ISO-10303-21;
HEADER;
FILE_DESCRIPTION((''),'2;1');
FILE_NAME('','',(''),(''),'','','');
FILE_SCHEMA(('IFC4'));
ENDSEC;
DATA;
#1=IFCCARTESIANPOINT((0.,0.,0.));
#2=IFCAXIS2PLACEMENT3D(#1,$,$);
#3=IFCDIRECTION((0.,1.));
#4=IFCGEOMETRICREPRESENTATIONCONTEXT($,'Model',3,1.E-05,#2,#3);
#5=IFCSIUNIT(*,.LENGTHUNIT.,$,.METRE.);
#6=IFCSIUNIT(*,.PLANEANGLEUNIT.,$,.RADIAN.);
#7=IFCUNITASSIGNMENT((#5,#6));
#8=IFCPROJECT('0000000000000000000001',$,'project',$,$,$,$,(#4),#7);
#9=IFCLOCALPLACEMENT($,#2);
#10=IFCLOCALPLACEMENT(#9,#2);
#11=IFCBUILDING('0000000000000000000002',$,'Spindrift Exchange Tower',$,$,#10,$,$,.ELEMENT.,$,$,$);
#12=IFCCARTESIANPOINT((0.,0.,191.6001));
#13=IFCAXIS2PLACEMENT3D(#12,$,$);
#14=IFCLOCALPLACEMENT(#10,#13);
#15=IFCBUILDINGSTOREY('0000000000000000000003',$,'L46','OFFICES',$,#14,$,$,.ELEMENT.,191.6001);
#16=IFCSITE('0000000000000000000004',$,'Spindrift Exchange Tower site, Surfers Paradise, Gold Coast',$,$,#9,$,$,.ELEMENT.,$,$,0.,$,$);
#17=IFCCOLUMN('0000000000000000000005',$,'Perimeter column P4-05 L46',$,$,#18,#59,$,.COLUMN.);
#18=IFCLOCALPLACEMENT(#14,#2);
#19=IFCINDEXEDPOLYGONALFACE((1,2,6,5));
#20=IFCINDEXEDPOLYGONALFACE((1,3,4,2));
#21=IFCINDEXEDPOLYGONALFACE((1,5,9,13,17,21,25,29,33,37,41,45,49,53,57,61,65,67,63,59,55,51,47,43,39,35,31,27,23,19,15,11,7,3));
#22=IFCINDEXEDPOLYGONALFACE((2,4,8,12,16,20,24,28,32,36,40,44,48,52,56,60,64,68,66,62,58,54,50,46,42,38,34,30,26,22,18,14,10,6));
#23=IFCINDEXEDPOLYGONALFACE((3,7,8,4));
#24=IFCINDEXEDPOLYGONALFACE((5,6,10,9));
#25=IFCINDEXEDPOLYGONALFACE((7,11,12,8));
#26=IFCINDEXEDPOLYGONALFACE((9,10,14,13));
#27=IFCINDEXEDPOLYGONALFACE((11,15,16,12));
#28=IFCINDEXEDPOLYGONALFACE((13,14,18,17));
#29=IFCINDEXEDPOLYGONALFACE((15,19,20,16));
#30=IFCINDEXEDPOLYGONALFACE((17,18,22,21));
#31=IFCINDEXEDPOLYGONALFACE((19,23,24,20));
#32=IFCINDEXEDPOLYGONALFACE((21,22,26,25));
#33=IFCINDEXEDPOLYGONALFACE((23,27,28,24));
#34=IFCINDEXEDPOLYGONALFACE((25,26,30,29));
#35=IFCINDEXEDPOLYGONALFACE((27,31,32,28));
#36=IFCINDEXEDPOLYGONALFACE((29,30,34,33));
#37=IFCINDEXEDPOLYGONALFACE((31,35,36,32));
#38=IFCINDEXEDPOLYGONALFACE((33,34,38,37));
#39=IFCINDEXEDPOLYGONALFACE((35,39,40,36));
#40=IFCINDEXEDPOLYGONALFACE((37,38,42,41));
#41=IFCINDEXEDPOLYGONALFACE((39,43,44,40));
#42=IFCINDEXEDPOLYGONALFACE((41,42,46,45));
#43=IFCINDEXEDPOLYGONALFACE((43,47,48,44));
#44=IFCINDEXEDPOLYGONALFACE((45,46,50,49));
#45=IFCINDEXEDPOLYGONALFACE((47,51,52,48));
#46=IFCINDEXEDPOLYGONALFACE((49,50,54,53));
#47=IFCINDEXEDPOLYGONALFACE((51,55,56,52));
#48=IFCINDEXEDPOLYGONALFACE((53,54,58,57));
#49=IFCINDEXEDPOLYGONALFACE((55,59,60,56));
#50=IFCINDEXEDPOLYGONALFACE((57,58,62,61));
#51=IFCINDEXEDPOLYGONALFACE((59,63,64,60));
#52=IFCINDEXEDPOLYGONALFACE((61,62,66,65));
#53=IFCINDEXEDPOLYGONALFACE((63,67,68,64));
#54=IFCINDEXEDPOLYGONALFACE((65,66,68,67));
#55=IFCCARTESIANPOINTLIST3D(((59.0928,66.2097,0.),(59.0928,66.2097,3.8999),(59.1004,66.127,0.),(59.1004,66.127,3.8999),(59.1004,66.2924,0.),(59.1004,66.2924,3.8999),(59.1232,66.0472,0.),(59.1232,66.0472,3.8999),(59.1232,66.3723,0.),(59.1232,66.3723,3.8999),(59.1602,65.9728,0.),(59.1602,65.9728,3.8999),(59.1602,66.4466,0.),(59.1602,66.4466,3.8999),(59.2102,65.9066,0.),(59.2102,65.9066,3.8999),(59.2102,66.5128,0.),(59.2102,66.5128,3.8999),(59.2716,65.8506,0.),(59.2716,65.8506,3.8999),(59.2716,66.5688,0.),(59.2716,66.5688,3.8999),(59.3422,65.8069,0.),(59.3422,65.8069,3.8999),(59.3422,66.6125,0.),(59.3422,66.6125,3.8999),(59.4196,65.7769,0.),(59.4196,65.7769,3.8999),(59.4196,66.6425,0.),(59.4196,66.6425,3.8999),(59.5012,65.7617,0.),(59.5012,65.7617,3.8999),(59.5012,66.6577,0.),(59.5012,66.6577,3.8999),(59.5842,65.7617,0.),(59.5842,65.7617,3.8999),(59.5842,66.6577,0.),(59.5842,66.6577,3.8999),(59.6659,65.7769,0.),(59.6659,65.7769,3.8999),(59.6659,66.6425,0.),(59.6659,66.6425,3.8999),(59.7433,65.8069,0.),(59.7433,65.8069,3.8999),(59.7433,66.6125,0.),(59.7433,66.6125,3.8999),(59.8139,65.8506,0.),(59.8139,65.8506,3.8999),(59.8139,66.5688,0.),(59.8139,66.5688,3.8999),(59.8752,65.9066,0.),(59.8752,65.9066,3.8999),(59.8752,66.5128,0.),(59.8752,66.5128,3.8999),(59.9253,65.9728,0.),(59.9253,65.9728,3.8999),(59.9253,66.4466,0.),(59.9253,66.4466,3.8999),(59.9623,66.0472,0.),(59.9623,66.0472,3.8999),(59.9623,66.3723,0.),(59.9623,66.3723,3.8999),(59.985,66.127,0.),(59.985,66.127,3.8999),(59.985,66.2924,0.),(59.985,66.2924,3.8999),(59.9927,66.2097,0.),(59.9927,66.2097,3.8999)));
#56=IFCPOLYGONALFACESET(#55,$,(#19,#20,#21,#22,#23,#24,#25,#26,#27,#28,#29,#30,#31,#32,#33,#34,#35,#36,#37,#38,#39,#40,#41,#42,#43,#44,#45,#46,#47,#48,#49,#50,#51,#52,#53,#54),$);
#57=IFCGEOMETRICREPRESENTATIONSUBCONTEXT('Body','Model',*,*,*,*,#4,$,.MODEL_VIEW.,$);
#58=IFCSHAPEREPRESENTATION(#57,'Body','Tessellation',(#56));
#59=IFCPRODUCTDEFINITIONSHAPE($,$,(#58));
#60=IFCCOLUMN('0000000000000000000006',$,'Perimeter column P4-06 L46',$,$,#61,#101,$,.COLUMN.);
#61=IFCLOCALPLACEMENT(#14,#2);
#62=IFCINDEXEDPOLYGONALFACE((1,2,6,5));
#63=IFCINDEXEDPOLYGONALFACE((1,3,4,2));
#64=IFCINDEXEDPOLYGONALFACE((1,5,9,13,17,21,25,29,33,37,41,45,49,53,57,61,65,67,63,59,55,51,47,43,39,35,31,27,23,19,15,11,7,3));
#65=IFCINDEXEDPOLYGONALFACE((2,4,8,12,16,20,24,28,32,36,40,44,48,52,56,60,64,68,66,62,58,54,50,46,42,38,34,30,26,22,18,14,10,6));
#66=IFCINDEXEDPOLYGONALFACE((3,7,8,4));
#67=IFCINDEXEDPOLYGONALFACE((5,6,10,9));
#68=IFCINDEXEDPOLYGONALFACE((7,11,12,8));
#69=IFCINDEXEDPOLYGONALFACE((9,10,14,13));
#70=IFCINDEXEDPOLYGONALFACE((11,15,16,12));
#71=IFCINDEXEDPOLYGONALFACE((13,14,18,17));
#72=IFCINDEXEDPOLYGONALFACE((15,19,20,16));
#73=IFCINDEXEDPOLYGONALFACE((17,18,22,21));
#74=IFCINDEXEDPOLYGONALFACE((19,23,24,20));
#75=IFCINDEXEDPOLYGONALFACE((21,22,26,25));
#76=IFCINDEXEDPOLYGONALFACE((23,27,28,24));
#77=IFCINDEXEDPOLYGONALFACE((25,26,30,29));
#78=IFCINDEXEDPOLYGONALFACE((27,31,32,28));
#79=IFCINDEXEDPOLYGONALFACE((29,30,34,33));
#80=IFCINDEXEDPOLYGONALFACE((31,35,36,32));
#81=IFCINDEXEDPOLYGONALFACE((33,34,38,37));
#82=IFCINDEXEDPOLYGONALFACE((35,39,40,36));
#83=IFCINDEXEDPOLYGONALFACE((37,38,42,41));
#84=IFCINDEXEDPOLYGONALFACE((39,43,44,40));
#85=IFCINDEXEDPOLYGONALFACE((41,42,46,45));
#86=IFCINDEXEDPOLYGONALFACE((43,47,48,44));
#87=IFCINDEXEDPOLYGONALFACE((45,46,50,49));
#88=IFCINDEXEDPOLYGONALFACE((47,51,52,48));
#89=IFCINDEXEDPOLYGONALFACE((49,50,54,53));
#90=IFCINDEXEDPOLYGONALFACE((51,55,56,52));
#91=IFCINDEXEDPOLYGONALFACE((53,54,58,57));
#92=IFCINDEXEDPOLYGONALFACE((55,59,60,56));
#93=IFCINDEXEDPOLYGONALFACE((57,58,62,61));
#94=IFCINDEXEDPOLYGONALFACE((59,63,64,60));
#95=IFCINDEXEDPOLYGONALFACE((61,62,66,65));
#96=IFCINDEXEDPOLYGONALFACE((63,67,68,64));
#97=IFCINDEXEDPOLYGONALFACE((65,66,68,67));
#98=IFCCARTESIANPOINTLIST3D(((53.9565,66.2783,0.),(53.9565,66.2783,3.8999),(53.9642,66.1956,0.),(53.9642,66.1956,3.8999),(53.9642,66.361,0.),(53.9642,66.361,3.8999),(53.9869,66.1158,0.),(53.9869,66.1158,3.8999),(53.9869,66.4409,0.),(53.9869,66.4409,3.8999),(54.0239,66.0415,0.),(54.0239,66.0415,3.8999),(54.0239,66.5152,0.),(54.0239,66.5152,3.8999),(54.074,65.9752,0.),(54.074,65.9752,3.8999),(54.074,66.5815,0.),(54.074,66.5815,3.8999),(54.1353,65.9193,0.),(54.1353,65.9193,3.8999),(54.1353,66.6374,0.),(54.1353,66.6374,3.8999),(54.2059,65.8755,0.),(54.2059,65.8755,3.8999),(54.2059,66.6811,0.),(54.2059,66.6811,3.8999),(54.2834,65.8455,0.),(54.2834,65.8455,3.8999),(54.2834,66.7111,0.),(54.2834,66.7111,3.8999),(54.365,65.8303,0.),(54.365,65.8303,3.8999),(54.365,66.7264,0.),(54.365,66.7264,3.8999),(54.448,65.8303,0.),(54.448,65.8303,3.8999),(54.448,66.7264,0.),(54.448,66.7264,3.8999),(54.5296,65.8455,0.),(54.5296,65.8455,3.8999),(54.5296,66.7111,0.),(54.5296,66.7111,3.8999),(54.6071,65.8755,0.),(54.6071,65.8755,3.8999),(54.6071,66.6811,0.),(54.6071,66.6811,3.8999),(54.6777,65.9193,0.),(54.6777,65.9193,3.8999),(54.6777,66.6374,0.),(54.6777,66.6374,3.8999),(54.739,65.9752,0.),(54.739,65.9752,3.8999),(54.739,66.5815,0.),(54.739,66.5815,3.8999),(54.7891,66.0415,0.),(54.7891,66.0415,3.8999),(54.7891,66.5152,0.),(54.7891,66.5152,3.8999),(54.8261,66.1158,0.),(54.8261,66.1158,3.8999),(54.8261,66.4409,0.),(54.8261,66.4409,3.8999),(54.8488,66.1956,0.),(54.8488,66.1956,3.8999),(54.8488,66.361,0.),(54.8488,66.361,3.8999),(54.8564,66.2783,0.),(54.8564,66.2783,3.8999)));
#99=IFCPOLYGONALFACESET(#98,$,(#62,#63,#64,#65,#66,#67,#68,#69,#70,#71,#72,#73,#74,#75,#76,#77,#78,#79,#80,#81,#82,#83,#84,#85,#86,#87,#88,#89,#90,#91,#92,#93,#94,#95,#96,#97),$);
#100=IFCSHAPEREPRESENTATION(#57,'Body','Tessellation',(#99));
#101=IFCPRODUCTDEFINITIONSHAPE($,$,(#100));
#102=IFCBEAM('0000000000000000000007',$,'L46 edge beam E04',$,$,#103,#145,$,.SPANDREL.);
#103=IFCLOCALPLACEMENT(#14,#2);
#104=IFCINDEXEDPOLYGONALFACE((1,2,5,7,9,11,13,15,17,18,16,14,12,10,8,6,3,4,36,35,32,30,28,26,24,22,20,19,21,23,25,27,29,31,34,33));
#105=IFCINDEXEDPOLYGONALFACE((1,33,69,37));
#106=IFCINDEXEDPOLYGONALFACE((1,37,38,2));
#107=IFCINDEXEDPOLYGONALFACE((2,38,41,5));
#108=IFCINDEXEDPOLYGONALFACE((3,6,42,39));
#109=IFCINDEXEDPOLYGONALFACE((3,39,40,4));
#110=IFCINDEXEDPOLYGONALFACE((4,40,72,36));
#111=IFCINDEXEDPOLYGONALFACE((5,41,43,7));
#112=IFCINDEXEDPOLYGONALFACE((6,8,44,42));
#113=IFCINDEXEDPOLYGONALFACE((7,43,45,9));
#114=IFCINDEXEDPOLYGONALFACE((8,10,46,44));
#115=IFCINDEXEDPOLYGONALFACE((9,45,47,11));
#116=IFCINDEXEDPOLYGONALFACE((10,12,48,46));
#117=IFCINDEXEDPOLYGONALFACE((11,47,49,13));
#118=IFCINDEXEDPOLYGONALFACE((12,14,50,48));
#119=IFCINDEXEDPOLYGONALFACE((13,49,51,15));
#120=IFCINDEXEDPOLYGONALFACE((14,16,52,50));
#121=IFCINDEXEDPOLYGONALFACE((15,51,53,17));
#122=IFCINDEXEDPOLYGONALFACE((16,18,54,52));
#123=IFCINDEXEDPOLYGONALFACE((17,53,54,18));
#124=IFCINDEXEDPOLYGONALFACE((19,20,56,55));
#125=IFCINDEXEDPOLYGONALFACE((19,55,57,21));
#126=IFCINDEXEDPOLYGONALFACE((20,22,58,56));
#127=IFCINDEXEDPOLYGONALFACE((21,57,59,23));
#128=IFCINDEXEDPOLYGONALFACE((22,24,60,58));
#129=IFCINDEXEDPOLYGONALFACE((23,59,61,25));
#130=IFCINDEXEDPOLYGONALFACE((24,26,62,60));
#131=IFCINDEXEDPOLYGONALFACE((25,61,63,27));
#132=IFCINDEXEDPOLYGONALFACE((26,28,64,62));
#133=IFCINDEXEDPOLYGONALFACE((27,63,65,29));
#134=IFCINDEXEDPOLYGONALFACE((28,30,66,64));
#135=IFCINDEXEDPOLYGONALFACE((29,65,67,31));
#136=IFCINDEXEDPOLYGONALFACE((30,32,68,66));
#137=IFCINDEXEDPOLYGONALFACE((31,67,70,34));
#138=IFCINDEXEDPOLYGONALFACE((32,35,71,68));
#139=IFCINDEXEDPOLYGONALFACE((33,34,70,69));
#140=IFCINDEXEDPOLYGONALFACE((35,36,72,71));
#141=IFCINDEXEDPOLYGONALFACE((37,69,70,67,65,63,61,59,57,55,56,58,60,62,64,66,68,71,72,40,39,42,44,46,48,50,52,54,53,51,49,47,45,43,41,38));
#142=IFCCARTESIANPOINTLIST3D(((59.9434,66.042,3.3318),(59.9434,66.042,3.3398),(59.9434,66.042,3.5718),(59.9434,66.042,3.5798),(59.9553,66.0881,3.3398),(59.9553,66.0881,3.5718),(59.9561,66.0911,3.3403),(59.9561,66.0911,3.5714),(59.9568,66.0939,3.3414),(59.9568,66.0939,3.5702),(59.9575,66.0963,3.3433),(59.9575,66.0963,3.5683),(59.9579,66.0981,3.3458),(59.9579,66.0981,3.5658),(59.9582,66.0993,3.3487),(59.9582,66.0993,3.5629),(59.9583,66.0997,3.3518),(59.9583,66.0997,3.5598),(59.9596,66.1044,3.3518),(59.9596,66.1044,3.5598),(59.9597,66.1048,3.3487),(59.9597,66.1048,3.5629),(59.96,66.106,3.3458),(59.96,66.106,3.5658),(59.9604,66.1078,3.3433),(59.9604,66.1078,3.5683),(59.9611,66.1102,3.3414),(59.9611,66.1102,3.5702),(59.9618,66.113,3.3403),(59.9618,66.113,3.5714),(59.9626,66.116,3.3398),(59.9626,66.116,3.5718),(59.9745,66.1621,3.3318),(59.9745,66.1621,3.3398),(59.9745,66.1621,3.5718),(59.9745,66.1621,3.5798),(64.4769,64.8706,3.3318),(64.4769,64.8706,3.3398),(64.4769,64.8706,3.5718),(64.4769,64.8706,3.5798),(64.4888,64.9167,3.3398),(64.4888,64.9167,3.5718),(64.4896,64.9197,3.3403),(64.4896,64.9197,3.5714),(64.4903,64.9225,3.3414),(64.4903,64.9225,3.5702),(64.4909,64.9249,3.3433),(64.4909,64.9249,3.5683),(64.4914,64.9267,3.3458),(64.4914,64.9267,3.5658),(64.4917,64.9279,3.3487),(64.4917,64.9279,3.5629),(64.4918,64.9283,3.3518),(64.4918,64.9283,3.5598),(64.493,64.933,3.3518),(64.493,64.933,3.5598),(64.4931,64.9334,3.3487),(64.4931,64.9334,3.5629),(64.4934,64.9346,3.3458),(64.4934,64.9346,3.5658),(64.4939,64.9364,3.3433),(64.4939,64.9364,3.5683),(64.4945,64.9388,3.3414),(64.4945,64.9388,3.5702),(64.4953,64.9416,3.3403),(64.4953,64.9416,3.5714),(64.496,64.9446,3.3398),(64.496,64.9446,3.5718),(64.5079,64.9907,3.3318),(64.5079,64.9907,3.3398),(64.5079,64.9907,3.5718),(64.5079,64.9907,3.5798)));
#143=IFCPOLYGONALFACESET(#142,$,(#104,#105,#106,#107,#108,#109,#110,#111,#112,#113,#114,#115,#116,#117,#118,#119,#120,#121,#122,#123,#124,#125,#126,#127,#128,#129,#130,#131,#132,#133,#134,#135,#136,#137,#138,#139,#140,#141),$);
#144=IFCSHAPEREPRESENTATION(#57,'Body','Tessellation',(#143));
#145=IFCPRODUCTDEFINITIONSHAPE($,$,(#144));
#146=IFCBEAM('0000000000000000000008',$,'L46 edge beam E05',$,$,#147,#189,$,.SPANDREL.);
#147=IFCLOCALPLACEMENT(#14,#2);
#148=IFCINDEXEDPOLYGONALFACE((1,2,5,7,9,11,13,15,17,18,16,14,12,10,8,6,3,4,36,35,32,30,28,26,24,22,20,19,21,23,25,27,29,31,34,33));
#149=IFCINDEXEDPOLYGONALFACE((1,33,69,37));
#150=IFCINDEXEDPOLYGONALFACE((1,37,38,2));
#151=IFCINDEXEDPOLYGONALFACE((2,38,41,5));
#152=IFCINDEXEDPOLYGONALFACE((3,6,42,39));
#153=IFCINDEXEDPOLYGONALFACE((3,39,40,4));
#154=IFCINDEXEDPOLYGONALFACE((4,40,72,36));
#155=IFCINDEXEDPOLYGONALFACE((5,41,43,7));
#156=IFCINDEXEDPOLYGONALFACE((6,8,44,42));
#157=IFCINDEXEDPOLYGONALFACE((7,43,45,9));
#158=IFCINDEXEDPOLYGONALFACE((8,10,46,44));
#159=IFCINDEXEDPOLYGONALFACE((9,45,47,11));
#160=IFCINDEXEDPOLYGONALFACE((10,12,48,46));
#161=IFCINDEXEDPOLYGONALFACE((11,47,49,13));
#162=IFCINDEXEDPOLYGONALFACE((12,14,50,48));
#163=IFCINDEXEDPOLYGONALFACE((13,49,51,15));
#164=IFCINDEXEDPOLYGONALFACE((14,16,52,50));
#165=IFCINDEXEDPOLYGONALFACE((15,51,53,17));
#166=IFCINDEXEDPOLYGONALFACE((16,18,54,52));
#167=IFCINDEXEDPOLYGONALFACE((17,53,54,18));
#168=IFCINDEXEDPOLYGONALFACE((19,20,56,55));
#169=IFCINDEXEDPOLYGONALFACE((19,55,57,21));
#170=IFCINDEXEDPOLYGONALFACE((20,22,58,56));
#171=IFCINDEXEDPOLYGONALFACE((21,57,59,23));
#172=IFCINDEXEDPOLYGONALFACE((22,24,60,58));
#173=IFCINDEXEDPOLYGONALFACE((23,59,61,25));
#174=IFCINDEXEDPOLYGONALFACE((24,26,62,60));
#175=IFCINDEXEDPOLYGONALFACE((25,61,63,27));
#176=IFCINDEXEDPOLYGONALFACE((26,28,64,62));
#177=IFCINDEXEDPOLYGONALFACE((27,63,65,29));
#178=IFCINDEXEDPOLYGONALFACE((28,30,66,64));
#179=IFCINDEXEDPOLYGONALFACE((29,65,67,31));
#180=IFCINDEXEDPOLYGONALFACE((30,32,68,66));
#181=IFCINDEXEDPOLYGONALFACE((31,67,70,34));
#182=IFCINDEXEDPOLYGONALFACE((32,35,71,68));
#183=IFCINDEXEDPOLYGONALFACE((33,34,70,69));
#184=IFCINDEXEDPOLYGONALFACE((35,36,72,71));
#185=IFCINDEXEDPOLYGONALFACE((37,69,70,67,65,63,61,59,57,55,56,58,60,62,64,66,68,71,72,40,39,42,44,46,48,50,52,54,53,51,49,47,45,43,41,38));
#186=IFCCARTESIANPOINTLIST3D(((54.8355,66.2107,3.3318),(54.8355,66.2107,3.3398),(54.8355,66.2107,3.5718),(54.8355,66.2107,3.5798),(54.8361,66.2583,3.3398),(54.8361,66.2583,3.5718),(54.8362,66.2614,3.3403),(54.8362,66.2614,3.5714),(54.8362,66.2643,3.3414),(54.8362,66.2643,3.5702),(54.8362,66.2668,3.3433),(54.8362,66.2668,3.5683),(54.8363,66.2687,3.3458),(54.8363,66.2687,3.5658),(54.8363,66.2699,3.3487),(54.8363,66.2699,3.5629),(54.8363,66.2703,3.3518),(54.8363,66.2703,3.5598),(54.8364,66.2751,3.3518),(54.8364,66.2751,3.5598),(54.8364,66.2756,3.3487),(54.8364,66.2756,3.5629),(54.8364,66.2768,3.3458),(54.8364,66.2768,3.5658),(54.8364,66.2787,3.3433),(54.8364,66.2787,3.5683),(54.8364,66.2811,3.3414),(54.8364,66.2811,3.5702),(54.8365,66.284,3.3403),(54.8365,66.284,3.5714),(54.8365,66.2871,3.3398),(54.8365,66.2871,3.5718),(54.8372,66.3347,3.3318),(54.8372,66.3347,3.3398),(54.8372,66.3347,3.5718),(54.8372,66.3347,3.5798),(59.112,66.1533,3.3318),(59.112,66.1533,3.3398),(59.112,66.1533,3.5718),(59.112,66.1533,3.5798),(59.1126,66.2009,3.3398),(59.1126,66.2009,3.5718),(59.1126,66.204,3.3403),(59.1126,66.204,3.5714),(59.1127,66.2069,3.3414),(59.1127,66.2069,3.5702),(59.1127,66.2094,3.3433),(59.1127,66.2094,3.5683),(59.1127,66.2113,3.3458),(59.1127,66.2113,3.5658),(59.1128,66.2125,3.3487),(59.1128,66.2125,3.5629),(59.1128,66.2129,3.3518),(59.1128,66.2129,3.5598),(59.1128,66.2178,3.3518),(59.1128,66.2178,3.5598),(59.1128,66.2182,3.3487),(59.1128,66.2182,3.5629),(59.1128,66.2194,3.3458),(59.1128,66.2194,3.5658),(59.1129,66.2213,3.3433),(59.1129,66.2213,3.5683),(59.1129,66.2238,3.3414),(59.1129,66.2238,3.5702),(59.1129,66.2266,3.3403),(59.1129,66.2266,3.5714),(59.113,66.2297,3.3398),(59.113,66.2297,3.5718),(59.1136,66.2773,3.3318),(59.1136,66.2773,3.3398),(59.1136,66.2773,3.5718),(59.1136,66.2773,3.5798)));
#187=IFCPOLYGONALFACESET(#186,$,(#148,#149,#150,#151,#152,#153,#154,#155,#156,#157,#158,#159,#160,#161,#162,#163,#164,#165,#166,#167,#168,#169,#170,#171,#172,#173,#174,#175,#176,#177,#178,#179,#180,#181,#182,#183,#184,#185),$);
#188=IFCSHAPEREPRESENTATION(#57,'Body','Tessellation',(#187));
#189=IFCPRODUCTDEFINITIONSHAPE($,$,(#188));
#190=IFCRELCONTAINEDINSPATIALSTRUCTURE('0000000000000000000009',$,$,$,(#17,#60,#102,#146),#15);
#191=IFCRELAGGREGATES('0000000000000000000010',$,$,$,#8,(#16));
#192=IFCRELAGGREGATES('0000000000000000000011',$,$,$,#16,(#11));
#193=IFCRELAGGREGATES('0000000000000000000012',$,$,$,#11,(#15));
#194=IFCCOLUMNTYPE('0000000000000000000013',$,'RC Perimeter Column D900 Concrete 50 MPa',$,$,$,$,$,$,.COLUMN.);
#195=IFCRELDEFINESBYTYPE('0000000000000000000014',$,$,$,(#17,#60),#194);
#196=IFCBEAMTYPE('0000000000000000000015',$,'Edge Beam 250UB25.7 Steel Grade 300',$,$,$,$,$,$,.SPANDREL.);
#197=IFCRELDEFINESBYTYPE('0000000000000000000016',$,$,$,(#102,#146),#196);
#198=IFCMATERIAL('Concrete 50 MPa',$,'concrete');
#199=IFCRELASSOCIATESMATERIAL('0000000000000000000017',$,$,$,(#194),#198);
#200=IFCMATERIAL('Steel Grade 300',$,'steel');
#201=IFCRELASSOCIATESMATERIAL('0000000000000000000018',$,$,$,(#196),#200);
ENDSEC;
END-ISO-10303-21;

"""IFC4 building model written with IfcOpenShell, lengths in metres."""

from ifc_helpers import new_model, si_unit, direction, frame, origin, origin_2d, place, context, subcontext, project, spatial, circle, i_section, extrude, source, transform, mapped, material, material_profile, profile_set, type_object, element, save


model = new_model("IFC4")

# Units and contexts
model_context = context("Model", 3, precision=1e-05, world=origin(), true_north=direction((0.0, 1.0)))
body_context = subcontext(model_context, "Body", "Model", "MODEL_VIEW")
ifc_project = project(units=[si_unit("LENGTHUNIT", "METRE"), si_unit("PLANEANGLEUNIT", "RADIAN")], contexts=[model_context])

# Site, building, storey
site_placement = place(None, origin())
site = spatial("IfcSite", under=ifc_project, at=site_placement, Name="Spindrift Exchange Tower site, Surfers Paradise, Gold Coast", CompositionType="ELEMENT", RefElevation=0.0)
building_placement = place(site_placement, origin())
building = spatial("IfcBuilding", under=site, at=building_placement, Name="Spindrift Exchange Tower", CompositionType="ELEMENT")
storey_placement = place(building_placement, frame((0.0, 0.0, 191.6001)))
storey = spatial("IfcBuildingStorey", under=building, at=storey_placement, Name="L46", Description="OFFICES", CompositionType="ELEMENT", Elevation=191.6001)

# Columns
ifc_material_1 = material(Name="Concrete 50 MPa", Category="concrete")
ifc_material_profile_1 = material_profile(ifc_material_1, circle(Radius=0.45, at=origin_2d()), Name="RC D900")
ifc_profile_set_1 = profile_set([ifc_material_profile_1], Name="Concrete 50 MPa")
column_type = type_object("IfcColumnType", Name="RC Perimeter Column D900 Concrete 50 MPa", PredefinedType="COLUMN", material=ifc_profile_set_1)
shared_shape_1 = source(origin(), body_context, "Body", "SweptSolid", [
    extrude(circle(Radius=0.45, at=origin_2d()), origin(), (0.0, 0.0, 1.0), 3.8999),
])
for number, where, z_axis, x_axis, name in (
    (1, (59.5427, 66.2097, 0.0), (0.0, 0.0, 1.0), (1.0, 0.0, 0.0), "Perimeter column P4-05 L46"),
    (2, (54.4065, 66.2783, 0.0), (0.0, 0.0, 1.0), (1.0, 0.0, 0.0), "Perimeter column P4-06 L46"),
):
    element("IfcColumn", number, at=place(storey_placement, frame(where, z_axis=z_axis, x_axis=x_axis)), inside=storey, type_object=column_type, Name=name, PredefinedType="COLUMN", context=body_context, shape_type="MappedRepresentation", body=[
        mapped(shared_shape_1, transform((0.0, 0.0, 0.0), scale=1.0)),
    ])

# Beams
ifc_material_2 = material(Name="Steel Grade 300", Category="steel")
ifc_material_profile_2 = material_profile(ifc_material_2, i_section(OverallWidth=0.124, OverallDepth=0.248, WebThickness=0.0049, FlangeThickness=0.0081, FilletRadius=0.012, at=origin_2d()), Name="250UB25.7")
ifc_profile_set_2 = profile_set([ifc_material_profile_2], Name="Steel Grade 300")
beam_type_1 = type_object("IfcBeamType", Name="Edge Beam 250UB25.7 Steel Grade 300", PredefinedType="SPANDREL", material=ifc_profile_set_2)
shared_shape_2 = source(origin(), body_context, "Body", "SweptSolid", [
    extrude(i_section(OverallWidth=0.124, OverallDepth=0.248, WebThickness=0.0049, FlangeThickness=0.0081, FilletRadius=0.012, at=origin_2d()), origin(), (0.0, 0.0, 1.0), 4.6824),
])
beam_1_placement = place(storey_placement, frame((64.4924, 64.9307, 3.4558), z_axis=(-0.968202, 0.250171, 0.0), x_axis=(-0.250171, -0.968202, 0.0)))
element("IfcBeam", 3, at=beam_1_placement, inside=storey, type_object=beam_type_1, Name="L46 edge beam E04", PredefinedType="SPANDREL", context=body_context, shape_type="MappedRepresentation", body=[
    mapped(shared_shape_2, transform((0.0, 0.0, 0.0), scale=1.0)),
])
shared_shape_3 = source(origin(), body_context, "Body", "SweptSolid", [
    extrude(i_section(OverallWidth=0.124, OverallDepth=0.248, WebThickness=0.0049, FlangeThickness=0.0081, FilletRadius=0.012, at=origin_2d()), origin(), (0.0, 0.0, 1.0), 4.2769),
])
beam_2_placement = place(storey_placement, frame((59.1128, 66.2153, 3.4558), z_axis=(-0.99991, 0.013415, 0.0), x_axis=(-0.013415, -0.99991, 0.0)))
element("IfcBeam", 4, at=beam_2_placement, inside=storey, type_object=beam_type_1, Name="L46 edge beam E05", PredefinedType="SPANDREL", context=body_context, shape_type="MappedRepresentation", body=[
    mapped(shared_shape_3, transform((0.0, 0.0, 0.0), scale=1.0)),
])

save(model, "model.ifc")
